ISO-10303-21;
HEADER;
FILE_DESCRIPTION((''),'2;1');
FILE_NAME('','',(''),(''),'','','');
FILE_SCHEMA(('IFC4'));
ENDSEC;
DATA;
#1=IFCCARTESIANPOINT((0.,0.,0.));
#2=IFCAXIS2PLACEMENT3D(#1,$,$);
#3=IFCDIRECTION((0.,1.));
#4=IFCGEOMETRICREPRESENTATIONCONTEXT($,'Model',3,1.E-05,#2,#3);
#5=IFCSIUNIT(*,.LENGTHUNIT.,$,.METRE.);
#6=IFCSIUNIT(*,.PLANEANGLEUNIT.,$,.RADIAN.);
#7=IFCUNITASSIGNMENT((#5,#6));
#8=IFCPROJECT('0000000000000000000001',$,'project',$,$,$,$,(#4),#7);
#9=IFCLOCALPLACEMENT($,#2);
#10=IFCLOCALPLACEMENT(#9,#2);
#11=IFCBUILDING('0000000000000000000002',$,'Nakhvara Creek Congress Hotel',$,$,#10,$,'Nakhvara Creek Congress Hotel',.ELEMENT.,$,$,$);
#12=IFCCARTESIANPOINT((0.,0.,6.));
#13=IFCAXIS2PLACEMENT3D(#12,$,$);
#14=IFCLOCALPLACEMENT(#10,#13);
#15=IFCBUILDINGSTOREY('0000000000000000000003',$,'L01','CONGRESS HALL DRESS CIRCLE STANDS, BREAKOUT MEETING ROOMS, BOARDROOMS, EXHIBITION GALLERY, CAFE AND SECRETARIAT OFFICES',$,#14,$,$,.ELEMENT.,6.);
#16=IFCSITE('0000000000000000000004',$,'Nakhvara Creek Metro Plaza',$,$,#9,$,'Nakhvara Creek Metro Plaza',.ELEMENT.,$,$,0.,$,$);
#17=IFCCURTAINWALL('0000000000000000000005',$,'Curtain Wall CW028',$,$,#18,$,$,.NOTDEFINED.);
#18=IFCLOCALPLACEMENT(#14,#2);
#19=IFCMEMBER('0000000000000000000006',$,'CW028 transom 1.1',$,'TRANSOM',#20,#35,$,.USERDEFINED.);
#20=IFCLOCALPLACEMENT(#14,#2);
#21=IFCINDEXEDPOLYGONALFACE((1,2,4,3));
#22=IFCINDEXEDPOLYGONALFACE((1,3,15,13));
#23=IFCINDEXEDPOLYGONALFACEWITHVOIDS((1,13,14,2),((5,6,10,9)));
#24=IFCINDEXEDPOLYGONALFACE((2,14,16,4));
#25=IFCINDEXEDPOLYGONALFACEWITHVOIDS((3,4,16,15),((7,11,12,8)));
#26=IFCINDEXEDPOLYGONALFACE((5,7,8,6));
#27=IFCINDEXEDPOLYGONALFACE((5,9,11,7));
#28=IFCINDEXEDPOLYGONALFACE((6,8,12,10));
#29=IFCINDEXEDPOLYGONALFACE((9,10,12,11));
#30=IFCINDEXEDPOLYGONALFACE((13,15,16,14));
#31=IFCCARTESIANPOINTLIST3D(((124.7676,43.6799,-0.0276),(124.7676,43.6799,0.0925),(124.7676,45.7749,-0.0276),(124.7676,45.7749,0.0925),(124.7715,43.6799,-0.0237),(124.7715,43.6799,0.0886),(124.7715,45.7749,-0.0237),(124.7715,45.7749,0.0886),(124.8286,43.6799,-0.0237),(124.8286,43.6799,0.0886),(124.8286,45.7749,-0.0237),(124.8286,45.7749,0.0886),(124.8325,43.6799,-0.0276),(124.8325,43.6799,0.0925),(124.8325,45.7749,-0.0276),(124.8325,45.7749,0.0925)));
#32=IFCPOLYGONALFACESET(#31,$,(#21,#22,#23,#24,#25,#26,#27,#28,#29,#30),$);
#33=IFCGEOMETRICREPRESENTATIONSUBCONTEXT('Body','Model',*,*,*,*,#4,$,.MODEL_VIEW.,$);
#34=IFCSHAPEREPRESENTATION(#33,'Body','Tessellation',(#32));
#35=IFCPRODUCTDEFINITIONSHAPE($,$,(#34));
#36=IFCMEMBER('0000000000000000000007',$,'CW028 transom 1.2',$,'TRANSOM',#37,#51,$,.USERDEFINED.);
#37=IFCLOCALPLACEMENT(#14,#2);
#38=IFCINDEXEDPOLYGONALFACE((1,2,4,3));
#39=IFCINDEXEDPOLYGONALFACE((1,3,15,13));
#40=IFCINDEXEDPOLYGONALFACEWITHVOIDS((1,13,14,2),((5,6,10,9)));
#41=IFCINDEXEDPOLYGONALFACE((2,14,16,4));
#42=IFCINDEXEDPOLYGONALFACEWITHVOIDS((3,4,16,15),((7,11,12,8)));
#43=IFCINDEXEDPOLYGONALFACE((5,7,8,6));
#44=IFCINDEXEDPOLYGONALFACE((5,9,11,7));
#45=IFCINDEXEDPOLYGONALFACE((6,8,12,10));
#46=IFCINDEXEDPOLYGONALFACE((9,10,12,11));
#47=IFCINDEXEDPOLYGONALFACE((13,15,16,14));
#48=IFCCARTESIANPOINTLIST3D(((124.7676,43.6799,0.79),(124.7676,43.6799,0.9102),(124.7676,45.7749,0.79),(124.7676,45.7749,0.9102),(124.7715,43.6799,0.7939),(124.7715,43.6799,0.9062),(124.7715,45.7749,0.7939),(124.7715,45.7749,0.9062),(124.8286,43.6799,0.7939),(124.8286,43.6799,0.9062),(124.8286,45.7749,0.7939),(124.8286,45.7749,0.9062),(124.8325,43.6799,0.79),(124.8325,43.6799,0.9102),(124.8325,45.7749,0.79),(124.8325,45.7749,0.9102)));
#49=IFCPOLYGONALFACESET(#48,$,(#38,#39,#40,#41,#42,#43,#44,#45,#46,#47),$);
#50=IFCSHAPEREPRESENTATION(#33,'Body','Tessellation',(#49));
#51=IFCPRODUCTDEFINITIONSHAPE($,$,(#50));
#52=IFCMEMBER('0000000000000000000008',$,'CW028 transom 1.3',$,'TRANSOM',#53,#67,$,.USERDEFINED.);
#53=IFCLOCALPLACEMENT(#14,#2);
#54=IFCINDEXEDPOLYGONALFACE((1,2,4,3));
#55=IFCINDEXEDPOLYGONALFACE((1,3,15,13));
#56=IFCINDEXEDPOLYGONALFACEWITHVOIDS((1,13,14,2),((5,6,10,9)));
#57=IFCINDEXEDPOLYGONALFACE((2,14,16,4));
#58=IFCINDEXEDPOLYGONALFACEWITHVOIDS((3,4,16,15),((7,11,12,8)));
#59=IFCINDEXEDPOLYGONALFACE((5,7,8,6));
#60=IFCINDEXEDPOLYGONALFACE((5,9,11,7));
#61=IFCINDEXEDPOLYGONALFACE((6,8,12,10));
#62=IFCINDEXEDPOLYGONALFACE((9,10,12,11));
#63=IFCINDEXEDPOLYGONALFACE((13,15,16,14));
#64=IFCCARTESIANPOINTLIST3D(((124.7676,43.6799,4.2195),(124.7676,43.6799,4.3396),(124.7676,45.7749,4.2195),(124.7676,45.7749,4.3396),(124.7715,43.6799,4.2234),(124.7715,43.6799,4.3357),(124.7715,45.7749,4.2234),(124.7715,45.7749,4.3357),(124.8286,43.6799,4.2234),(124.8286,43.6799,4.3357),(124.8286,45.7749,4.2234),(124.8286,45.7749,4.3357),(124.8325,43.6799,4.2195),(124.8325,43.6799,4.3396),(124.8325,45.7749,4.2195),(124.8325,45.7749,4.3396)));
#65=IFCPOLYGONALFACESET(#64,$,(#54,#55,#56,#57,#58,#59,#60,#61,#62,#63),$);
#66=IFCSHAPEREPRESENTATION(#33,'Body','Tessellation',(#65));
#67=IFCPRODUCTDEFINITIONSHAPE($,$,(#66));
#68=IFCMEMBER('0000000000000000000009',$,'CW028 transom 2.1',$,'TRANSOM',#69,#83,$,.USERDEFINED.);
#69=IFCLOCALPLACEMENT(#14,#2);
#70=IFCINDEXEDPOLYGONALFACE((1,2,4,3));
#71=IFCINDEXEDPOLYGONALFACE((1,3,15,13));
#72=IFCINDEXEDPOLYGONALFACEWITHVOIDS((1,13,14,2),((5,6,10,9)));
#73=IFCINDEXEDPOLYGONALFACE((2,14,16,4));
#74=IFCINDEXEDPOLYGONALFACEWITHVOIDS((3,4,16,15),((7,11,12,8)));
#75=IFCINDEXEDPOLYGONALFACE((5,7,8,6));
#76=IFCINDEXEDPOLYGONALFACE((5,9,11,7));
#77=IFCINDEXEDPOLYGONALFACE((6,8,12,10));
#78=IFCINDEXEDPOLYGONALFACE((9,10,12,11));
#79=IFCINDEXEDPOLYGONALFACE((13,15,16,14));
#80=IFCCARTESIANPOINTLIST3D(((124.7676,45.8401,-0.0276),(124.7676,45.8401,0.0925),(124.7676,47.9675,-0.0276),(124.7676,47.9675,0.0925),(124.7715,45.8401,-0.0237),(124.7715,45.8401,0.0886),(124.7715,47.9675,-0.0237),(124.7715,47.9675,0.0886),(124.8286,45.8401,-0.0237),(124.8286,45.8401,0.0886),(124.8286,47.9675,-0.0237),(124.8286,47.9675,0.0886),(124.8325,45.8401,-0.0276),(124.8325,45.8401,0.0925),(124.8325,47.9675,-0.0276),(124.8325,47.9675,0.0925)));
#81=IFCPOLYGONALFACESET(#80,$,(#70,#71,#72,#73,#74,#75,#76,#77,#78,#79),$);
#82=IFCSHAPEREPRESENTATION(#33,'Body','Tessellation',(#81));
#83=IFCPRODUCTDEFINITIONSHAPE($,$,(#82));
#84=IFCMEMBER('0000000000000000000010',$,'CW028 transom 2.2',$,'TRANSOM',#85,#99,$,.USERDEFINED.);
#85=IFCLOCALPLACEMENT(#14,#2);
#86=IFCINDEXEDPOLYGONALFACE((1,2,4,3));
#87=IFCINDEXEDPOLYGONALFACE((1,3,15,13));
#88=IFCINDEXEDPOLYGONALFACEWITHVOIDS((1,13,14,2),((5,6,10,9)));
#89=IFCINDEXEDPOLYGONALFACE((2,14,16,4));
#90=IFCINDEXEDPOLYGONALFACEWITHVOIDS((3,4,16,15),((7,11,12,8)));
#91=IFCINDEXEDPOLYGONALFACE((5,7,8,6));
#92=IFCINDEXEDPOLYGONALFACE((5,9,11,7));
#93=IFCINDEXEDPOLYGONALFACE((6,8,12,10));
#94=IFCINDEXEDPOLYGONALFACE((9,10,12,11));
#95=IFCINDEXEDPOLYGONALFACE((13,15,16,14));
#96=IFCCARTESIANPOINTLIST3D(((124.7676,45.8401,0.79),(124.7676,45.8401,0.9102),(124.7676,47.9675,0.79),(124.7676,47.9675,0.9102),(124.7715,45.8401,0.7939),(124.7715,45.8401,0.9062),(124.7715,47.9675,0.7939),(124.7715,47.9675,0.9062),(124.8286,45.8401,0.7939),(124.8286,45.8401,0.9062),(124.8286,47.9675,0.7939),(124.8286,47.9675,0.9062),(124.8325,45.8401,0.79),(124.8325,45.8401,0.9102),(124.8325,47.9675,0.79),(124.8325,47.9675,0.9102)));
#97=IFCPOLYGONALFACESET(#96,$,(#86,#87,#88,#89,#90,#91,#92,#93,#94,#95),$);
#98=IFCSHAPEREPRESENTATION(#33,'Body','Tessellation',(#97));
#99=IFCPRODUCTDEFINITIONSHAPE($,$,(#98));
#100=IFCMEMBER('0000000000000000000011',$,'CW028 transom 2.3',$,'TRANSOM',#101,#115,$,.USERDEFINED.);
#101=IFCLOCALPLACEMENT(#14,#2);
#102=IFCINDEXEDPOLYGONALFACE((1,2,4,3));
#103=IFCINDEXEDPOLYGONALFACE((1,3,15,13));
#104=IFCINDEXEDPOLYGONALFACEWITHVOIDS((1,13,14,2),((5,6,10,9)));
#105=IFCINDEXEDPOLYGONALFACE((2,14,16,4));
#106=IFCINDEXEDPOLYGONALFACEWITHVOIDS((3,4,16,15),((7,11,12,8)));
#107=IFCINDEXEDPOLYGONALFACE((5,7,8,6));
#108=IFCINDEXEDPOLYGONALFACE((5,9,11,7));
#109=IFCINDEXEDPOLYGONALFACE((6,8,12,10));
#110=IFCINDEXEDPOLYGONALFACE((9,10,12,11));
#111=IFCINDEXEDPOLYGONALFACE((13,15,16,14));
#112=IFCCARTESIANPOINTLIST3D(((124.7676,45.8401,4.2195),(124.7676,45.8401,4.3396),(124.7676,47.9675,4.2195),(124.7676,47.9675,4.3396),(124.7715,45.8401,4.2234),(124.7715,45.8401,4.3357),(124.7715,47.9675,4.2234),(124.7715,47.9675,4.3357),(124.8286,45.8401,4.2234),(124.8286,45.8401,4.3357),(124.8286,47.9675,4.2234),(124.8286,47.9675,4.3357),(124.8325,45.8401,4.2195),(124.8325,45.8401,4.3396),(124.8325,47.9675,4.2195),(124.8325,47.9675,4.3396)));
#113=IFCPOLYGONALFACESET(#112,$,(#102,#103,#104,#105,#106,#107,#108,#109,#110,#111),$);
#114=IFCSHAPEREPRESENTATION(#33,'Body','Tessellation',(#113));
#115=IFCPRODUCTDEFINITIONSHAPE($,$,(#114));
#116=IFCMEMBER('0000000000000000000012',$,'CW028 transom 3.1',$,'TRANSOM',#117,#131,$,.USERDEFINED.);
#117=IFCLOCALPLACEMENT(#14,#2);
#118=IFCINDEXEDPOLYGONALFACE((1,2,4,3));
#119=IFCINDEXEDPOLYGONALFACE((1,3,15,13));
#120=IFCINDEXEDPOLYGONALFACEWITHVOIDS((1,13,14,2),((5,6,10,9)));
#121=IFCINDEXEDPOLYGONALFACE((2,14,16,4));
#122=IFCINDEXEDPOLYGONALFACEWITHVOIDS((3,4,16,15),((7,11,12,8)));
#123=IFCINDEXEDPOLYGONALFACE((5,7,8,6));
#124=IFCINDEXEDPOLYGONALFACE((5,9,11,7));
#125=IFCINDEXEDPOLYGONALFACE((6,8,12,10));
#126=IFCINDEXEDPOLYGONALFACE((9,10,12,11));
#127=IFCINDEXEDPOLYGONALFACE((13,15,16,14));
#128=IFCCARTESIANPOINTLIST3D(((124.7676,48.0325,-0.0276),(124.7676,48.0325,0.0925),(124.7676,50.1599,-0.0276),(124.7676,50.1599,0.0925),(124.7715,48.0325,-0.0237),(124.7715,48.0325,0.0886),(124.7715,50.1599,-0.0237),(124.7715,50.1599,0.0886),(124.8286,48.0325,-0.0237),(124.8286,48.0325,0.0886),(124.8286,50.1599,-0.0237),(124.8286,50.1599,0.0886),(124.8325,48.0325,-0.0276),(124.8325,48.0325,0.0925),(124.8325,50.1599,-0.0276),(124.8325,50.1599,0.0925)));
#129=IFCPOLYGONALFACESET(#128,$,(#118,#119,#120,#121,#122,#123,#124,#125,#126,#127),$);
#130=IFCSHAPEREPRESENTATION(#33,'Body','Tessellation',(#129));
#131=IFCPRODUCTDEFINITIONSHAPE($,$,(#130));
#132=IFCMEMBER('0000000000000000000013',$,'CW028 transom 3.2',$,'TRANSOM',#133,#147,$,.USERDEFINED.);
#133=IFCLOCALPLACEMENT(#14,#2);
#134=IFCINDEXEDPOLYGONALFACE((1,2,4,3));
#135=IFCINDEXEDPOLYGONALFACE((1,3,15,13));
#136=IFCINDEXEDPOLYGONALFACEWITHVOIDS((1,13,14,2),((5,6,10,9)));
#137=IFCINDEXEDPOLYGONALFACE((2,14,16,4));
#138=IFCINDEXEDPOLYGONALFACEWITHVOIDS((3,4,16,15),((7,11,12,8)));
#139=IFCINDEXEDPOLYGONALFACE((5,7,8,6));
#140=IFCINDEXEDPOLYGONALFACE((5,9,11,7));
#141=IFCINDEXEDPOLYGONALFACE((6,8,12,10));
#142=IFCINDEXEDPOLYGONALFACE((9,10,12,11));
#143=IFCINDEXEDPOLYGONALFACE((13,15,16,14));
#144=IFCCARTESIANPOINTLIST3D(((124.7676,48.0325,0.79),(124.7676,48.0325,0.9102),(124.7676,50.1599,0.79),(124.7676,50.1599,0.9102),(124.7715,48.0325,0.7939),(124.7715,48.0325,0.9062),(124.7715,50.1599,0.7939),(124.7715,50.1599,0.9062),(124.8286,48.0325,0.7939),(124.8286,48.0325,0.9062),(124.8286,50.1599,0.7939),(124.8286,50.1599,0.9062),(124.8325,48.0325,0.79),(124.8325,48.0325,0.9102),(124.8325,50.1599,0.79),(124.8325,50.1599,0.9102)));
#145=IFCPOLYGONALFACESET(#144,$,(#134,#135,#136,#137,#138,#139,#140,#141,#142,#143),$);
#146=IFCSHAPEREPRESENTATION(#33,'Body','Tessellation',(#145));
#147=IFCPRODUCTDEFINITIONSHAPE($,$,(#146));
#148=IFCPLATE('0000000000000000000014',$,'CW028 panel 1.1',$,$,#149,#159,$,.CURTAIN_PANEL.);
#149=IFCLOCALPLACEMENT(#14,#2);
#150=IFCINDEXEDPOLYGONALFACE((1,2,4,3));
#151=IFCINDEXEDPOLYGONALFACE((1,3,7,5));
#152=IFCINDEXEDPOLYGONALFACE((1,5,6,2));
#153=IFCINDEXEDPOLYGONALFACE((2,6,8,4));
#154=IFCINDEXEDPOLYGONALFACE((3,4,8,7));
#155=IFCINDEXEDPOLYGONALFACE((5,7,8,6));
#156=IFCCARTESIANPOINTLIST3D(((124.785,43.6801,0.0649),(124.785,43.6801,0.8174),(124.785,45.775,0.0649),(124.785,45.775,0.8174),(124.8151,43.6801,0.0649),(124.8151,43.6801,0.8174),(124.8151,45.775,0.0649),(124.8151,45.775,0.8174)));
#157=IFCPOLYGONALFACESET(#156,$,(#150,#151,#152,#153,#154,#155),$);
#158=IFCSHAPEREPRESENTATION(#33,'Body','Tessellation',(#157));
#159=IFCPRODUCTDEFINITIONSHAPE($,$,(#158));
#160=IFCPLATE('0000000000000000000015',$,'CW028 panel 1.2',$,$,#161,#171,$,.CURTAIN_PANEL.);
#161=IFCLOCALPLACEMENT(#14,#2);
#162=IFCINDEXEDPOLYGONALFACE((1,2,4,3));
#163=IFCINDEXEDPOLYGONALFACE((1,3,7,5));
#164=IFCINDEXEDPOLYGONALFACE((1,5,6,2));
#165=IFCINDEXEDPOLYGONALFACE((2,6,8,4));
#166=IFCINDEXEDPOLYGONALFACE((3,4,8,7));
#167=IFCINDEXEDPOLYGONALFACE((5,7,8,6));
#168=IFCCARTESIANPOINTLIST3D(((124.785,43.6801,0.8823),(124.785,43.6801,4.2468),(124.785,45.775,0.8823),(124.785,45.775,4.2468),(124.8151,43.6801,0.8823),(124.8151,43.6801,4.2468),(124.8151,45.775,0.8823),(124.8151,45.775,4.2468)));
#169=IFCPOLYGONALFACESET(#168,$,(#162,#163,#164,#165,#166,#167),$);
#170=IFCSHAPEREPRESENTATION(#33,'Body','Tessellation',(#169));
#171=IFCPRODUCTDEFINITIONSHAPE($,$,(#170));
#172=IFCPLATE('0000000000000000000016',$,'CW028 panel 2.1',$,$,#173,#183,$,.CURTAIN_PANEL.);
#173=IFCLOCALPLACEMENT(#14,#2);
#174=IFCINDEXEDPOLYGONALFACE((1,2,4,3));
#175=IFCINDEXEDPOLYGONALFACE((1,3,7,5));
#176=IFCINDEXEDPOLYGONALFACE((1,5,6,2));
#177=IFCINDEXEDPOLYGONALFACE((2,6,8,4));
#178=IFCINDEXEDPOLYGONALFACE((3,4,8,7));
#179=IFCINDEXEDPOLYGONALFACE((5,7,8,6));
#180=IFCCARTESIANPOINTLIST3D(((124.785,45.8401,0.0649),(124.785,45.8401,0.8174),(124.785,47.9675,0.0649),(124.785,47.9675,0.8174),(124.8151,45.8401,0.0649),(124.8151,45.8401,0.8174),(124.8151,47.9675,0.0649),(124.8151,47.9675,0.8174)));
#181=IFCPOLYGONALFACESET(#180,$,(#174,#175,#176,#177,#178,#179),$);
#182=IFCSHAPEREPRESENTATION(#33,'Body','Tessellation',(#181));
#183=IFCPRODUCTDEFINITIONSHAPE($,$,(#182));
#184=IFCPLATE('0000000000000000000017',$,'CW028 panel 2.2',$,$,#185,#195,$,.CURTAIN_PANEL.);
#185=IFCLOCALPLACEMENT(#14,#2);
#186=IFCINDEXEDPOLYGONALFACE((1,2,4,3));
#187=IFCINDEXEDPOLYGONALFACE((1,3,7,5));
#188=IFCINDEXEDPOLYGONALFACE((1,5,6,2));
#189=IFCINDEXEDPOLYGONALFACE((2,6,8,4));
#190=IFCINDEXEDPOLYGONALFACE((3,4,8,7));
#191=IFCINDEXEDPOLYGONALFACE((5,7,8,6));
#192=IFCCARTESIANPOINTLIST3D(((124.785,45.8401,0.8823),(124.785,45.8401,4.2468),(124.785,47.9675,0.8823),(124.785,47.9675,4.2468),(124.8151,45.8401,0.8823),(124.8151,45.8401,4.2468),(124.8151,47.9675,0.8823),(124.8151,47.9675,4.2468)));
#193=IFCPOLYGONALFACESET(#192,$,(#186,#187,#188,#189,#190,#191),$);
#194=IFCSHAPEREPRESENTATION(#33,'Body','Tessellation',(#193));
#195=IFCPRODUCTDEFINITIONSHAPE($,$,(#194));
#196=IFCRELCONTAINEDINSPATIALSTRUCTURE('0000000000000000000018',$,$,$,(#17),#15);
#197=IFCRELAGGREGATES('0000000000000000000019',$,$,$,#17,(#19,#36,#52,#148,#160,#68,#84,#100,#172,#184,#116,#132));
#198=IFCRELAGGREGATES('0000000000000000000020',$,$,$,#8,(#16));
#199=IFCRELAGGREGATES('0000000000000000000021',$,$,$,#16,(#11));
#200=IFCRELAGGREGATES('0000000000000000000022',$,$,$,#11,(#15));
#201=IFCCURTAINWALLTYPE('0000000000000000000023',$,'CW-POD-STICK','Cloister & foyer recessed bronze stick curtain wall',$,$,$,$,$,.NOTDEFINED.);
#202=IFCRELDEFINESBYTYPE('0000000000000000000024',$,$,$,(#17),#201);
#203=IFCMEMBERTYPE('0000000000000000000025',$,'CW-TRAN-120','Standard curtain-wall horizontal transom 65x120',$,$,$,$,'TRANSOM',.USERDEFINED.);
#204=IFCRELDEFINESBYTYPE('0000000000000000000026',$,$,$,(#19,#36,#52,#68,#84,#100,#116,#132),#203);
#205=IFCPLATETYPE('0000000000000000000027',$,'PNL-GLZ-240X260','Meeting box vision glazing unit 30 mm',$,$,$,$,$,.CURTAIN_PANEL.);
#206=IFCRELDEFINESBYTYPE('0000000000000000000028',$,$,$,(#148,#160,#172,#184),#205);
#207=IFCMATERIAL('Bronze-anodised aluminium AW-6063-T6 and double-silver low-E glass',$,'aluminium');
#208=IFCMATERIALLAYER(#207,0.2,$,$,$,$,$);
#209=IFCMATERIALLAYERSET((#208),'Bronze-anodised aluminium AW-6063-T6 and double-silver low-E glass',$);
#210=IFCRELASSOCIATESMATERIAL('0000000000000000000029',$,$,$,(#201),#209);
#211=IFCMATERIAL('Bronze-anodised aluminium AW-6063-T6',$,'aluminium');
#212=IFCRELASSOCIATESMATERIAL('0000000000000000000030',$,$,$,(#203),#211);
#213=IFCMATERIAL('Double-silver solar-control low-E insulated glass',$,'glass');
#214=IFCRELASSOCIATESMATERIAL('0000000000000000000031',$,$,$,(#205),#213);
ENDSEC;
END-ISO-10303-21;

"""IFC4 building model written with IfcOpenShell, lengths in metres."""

from ifc_helpers import new_model, si_unit, direction, frame, origin, origin_2d, place, context, subcontext, project, spatial, rectangle, hollow_rectangle, extrude, material, layer, layer_set, material_profile, profile_set, type_object, element, aggregate, save


model = new_model("IFC4")

# Units and contexts
model_context = context("Model", 3, precision=1e-05, world=origin(), true_north=direction((0.0, 1.0)))
body_context = subcontext(model_context, "Body", "Model", "MODEL_VIEW")
ifc_project = project(units=[si_unit("LENGTHUNIT", "METRE"), si_unit("PLANEANGLEUNIT", "RADIAN")], contexts=[model_context])

# Site, building, storey
site_placement = place(None, origin())
site = spatial("IfcSite", under=ifc_project, at=site_placement, Name="Nakhvara Creek Metro Plaza", LongName="Nakhvara Creek Metro Plaza", CompositionType="ELEMENT", RefElevation=0.0)
building_placement = place(site_placement, origin())
building = spatial("IfcBuilding", under=site, at=building_placement, Name="Nakhvara Creek Congress Hotel", LongName="Nakhvara Creek Congress Hotel", CompositionType="ELEMENT")
storey_placement = place(building_placement, frame((0.0, 0.0, 6.0)))
storey = spatial("IfcBuildingStorey", under=building, at=storey_placement, Name="L01", Description="CONGRESS HALL DRESS CIRCLE STANDS, BREAKOUT MEETING ROOMS, BOARDROOMS, EXHIBITION GALLERY, CAFE AND SECRETARIAT OFFICES", CompositionType="ELEMENT", Elevation=6.0)

# Curtain wall, members, plates
ifc_material_1 = material(Name="Bronze-anodised aluminium AW-6063-T6 and double-silver low-E glass", Category="aluminium")
ifc_layer_1 = layer(ifc_material_1, 0.2)
ifc_layer_set_1 = layer_set([ifc_layer_1], Name="Bronze-anodised aluminium AW-6063-T6 and double-silver low-E glass")
curtain_wall_type = type_object("IfcCurtainWallType", Name="CW-POD-STICK", Description="Cloister & foyer recessed bronze stick curtain wall", PredefinedType="NOTDEFINED", material=ifc_layer_set_1)
curtain_wall_placement = place(storey_placement, origin())
curtain_wall = element("IfcCurtainWall", 1, at=curtain_wall_placement, inside=storey, type_object=curtain_wall_type, Name="Curtain Wall CW028", PredefinedType="NOTDEFINED")
ifc_material_2 = material(Name="Bronze-anodised aluminium AW-6063-T6", Category="aluminium")
ifc_material_profile_1 = material_profile(ifc_material_2, hollow_rectangle(XDim=0.0649, YDim=0.1201, WallThickness=0.0039, at=origin_2d()), Name="ALU-TRAN 65x120x4", Category="LoadBearing")
ifc_profile_set_1 = profile_set([ifc_material_profile_1], Name="Bronze-anodised aluminium AW-6063-T6")
member_type_1 = type_object("IfcMemberType", Name="CW-TRAN-120", Description="Standard curtain-wall horizontal transom 65x120", ElementType="TRANSOM", PredefinedType="USERDEFINED", material=ifc_profile_set_1)
member_1_placement = place(storey_placement, frame((124.8, 43.6799, 0.0325), z_axis=(0.0, 1.0, 0.0), x_axis=(-1.0, 0.0, 0.0)))
member_1 = element("IfcMember", 2, at=member_1_placement, type_object=member_type_1, Name="CW028 transom 1.1", ObjectType="TRANSOM", PredefinedType="USERDEFINED", context=body_context, shape_type="SweptSolid", body=[
    extrude(hollow_rectangle(XDim=0.0649, YDim=0.1201, WallThickness=0.0039, at=origin_2d()), origin(), (0.0, 0.0, 1.0), 2.095),
])
member_2_placement = place(storey_placement, frame((124.8, 43.6799, 0.8501), z_axis=(0.0, 1.0, 0.0), x_axis=(-1.0, 0.0, 0.0)))
member_2 = element("IfcMember", 3, at=member_2_placement, type_object=member_type_1, Name="CW028 transom 1.2", ObjectType="TRANSOM", PredefinedType="USERDEFINED", context=body_context, shape_type="SweptSolid", body=[
    extrude(hollow_rectangle(XDim=0.0649, YDim=0.1201, WallThickness=0.0039, at=origin_2d()), origin(), (0.0, 0.0, 1.0), 2.095),
])
member_3_placement = place(storey_placement, frame((124.8, 43.6799, 4.2795), z_axis=(0.0, 1.0, 0.0), x_axis=(-1.0, 0.0, 0.0)))
member_3 = element("IfcMember", 4, at=member_3_placement, type_object=member_type_1, Name="CW028 transom 1.3", ObjectType="TRANSOM", PredefinedType="USERDEFINED", context=body_context, shape_type="SweptSolid", body=[
    extrude(hollow_rectangle(XDim=0.0649, YDim=0.1201, WallThickness=0.0039, at=origin_2d()), origin(), (0.0, 0.0, 1.0), 2.095),
])
member_4_placement = place(storey_placement, frame((124.8, 45.8401, 0.0325), z_axis=(0.0, 1.0, 0.0), x_axis=(-1.0, 0.0, 0.0)))
member_4 = element("IfcMember", 5, at=member_4_placement, type_object=member_type_1, Name="CW028 transom 2.1", ObjectType="TRANSOM", PredefinedType="USERDEFINED", context=body_context, shape_type="SweptSolid", body=[
    extrude(hollow_rectangle(XDim=0.0649, YDim=0.1201, WallThickness=0.0039, at=origin_2d()), origin(), (0.0, 0.0, 1.0), 2.1274),
])
member_5_placement = place(storey_placement, frame((124.8, 45.8401, 0.8501), z_axis=(0.0, 1.0, 0.0), x_axis=(-1.0, 0.0, 0.0)))
member_5 = element("IfcMember", 6, at=member_5_placement, type_object=member_type_1, Name="CW028 transom 2.2", ObjectType="TRANSOM", PredefinedType="USERDEFINED", context=body_context, shape_type="SweptSolid", body=[
    extrude(hollow_rectangle(XDim=0.0649, YDim=0.1201, WallThickness=0.0039, at=origin_2d()), origin(), (0.0, 0.0, 1.0), 2.1274),
])
member_6_placement = place(storey_placement, frame((124.8, 45.8401, 4.2795), z_axis=(0.0, 1.0, 0.0), x_axis=(-1.0, 0.0, 0.0)))
member_6 = element("IfcMember", 7, at=member_6_placement, type_object=member_type_1, Name="CW028 transom 2.3", ObjectType="TRANSOM", PredefinedType="USERDEFINED", context=body_context, shape_type="SweptSolid", body=[
    extrude(hollow_rectangle(XDim=0.0649, YDim=0.1201, WallThickness=0.0039, at=origin_2d()), origin(), (0.0, 0.0, 1.0), 2.1274),
])
member_7_placement = place(storey_placement, frame((124.8, 48.0325, 0.0325), z_axis=(0.0, 1.0, 0.0), x_axis=(-1.0, 0.0, 0.0)))
member_7 = element("IfcMember", 8, at=member_7_placement, type_object=member_type_1, Name="CW028 transom 3.1", ObjectType="TRANSOM", PredefinedType="USERDEFINED", context=body_context, shape_type="SweptSolid", body=[
    extrude(hollow_rectangle(XDim=0.0649, YDim=0.1201, WallThickness=0.0039, at=origin_2d()), origin(), (0.0, 0.0, 1.0), 2.1274),
])
member_8_placement = place(storey_placement, frame((124.8, 48.0325, 0.8501), z_axis=(0.0, 1.0, 0.0), x_axis=(-1.0, 0.0, 0.0)))
member_8 = element("IfcMember", 9, at=member_8_placement, type_object=member_type_1, Name="CW028 transom 3.2", ObjectType="TRANSOM", PredefinedType="USERDEFINED", context=body_context, shape_type="SweptSolid", body=[
    extrude(hollow_rectangle(XDim=0.0649, YDim=0.1201, WallThickness=0.0039, at=origin_2d()), origin(), (0.0, 0.0, 1.0), 2.1274),
])
ifc_material_3 = material(Name="Double-silver solar-control low-E insulated glass", Category="glass")
plate_type = type_object("IfcPlateType", Name="PNL-GLZ-240X260", Description="Meeting box vision glazing unit 30 mm", PredefinedType="CURTAIN_PANEL", material=ifc_material_3)
plate_1_placement = place(storey_placement, frame((124.8, 44.7275, 0.0649), z_axis=(0.0, 0.0, 1.0), x_axis=(0.0, 1.0, 0.0)))
plate_1 = element("IfcPlate", 10, at=plate_1_placement, type_object=plate_type, Name="CW028 panel 1.1", PredefinedType="CURTAIN_PANEL", context=body_context, shape_type="SweptSolid", body=[
    extrude(rectangle(XDim=2.095, YDim=0.03, at=origin_2d()), origin(), (0.0, 0.0, 1.0), 0.7524),
])
plate_2_placement = place(storey_placement, frame((124.8, 44.7275, 0.8823), z_axis=(0.0, 0.0, 1.0), x_axis=(0.0, 1.0, 0.0)))
plate_2 = element("IfcPlate", 11, at=plate_2_placement, type_object=plate_type, Name="CW028 panel 1.2", PredefinedType="CURTAIN_PANEL", context=body_context, shape_type="SweptSolid", body=[
    extrude(rectangle(XDim=2.095, YDim=0.03, at=origin_2d()), origin(), (0.0, 0.0, 1.0), 3.3645),
])
plate_3_placement = place(storey_placement, frame((124.8, 46.9038, 0.0649), z_axis=(0.0, 0.0, 1.0), x_axis=(0.0, 1.0, 0.0)))
plate_3 = element("IfcPlate", 12, at=plate_3_placement, type_object=plate_type, Name="CW028 panel 2.1", PredefinedType="CURTAIN_PANEL", context=body_context, shape_type="SweptSolid", body=[
    extrude(rectangle(XDim=2.1274, YDim=0.03, at=origin_2d()), origin(), (0.0, 0.0, 1.0), 0.7524),
])
plate_4_placement = place(storey_placement, frame((124.8, 46.9038, 0.8823), z_axis=(0.0, 0.0, 1.0), x_axis=(0.0, 1.0, 0.0)))
plate_4 = element("IfcPlate", 13, at=plate_4_placement, type_object=plate_type, Name="CW028 panel 2.2", PredefinedType="CURTAIN_PANEL", context=body_context, shape_type="SweptSolid", body=[
    extrude(rectangle(XDim=2.1274, YDim=0.03, at=origin_2d()), origin(), (0.0, 0.0, 1.0), 3.3645),
])
aggregate(curtain_wall, [member_1, member_2, member_3, plate_1, plate_2, member_4, member_5, member_6, plate_3, plate_4, member_7, member_8])

save(model, "model.ifc")
